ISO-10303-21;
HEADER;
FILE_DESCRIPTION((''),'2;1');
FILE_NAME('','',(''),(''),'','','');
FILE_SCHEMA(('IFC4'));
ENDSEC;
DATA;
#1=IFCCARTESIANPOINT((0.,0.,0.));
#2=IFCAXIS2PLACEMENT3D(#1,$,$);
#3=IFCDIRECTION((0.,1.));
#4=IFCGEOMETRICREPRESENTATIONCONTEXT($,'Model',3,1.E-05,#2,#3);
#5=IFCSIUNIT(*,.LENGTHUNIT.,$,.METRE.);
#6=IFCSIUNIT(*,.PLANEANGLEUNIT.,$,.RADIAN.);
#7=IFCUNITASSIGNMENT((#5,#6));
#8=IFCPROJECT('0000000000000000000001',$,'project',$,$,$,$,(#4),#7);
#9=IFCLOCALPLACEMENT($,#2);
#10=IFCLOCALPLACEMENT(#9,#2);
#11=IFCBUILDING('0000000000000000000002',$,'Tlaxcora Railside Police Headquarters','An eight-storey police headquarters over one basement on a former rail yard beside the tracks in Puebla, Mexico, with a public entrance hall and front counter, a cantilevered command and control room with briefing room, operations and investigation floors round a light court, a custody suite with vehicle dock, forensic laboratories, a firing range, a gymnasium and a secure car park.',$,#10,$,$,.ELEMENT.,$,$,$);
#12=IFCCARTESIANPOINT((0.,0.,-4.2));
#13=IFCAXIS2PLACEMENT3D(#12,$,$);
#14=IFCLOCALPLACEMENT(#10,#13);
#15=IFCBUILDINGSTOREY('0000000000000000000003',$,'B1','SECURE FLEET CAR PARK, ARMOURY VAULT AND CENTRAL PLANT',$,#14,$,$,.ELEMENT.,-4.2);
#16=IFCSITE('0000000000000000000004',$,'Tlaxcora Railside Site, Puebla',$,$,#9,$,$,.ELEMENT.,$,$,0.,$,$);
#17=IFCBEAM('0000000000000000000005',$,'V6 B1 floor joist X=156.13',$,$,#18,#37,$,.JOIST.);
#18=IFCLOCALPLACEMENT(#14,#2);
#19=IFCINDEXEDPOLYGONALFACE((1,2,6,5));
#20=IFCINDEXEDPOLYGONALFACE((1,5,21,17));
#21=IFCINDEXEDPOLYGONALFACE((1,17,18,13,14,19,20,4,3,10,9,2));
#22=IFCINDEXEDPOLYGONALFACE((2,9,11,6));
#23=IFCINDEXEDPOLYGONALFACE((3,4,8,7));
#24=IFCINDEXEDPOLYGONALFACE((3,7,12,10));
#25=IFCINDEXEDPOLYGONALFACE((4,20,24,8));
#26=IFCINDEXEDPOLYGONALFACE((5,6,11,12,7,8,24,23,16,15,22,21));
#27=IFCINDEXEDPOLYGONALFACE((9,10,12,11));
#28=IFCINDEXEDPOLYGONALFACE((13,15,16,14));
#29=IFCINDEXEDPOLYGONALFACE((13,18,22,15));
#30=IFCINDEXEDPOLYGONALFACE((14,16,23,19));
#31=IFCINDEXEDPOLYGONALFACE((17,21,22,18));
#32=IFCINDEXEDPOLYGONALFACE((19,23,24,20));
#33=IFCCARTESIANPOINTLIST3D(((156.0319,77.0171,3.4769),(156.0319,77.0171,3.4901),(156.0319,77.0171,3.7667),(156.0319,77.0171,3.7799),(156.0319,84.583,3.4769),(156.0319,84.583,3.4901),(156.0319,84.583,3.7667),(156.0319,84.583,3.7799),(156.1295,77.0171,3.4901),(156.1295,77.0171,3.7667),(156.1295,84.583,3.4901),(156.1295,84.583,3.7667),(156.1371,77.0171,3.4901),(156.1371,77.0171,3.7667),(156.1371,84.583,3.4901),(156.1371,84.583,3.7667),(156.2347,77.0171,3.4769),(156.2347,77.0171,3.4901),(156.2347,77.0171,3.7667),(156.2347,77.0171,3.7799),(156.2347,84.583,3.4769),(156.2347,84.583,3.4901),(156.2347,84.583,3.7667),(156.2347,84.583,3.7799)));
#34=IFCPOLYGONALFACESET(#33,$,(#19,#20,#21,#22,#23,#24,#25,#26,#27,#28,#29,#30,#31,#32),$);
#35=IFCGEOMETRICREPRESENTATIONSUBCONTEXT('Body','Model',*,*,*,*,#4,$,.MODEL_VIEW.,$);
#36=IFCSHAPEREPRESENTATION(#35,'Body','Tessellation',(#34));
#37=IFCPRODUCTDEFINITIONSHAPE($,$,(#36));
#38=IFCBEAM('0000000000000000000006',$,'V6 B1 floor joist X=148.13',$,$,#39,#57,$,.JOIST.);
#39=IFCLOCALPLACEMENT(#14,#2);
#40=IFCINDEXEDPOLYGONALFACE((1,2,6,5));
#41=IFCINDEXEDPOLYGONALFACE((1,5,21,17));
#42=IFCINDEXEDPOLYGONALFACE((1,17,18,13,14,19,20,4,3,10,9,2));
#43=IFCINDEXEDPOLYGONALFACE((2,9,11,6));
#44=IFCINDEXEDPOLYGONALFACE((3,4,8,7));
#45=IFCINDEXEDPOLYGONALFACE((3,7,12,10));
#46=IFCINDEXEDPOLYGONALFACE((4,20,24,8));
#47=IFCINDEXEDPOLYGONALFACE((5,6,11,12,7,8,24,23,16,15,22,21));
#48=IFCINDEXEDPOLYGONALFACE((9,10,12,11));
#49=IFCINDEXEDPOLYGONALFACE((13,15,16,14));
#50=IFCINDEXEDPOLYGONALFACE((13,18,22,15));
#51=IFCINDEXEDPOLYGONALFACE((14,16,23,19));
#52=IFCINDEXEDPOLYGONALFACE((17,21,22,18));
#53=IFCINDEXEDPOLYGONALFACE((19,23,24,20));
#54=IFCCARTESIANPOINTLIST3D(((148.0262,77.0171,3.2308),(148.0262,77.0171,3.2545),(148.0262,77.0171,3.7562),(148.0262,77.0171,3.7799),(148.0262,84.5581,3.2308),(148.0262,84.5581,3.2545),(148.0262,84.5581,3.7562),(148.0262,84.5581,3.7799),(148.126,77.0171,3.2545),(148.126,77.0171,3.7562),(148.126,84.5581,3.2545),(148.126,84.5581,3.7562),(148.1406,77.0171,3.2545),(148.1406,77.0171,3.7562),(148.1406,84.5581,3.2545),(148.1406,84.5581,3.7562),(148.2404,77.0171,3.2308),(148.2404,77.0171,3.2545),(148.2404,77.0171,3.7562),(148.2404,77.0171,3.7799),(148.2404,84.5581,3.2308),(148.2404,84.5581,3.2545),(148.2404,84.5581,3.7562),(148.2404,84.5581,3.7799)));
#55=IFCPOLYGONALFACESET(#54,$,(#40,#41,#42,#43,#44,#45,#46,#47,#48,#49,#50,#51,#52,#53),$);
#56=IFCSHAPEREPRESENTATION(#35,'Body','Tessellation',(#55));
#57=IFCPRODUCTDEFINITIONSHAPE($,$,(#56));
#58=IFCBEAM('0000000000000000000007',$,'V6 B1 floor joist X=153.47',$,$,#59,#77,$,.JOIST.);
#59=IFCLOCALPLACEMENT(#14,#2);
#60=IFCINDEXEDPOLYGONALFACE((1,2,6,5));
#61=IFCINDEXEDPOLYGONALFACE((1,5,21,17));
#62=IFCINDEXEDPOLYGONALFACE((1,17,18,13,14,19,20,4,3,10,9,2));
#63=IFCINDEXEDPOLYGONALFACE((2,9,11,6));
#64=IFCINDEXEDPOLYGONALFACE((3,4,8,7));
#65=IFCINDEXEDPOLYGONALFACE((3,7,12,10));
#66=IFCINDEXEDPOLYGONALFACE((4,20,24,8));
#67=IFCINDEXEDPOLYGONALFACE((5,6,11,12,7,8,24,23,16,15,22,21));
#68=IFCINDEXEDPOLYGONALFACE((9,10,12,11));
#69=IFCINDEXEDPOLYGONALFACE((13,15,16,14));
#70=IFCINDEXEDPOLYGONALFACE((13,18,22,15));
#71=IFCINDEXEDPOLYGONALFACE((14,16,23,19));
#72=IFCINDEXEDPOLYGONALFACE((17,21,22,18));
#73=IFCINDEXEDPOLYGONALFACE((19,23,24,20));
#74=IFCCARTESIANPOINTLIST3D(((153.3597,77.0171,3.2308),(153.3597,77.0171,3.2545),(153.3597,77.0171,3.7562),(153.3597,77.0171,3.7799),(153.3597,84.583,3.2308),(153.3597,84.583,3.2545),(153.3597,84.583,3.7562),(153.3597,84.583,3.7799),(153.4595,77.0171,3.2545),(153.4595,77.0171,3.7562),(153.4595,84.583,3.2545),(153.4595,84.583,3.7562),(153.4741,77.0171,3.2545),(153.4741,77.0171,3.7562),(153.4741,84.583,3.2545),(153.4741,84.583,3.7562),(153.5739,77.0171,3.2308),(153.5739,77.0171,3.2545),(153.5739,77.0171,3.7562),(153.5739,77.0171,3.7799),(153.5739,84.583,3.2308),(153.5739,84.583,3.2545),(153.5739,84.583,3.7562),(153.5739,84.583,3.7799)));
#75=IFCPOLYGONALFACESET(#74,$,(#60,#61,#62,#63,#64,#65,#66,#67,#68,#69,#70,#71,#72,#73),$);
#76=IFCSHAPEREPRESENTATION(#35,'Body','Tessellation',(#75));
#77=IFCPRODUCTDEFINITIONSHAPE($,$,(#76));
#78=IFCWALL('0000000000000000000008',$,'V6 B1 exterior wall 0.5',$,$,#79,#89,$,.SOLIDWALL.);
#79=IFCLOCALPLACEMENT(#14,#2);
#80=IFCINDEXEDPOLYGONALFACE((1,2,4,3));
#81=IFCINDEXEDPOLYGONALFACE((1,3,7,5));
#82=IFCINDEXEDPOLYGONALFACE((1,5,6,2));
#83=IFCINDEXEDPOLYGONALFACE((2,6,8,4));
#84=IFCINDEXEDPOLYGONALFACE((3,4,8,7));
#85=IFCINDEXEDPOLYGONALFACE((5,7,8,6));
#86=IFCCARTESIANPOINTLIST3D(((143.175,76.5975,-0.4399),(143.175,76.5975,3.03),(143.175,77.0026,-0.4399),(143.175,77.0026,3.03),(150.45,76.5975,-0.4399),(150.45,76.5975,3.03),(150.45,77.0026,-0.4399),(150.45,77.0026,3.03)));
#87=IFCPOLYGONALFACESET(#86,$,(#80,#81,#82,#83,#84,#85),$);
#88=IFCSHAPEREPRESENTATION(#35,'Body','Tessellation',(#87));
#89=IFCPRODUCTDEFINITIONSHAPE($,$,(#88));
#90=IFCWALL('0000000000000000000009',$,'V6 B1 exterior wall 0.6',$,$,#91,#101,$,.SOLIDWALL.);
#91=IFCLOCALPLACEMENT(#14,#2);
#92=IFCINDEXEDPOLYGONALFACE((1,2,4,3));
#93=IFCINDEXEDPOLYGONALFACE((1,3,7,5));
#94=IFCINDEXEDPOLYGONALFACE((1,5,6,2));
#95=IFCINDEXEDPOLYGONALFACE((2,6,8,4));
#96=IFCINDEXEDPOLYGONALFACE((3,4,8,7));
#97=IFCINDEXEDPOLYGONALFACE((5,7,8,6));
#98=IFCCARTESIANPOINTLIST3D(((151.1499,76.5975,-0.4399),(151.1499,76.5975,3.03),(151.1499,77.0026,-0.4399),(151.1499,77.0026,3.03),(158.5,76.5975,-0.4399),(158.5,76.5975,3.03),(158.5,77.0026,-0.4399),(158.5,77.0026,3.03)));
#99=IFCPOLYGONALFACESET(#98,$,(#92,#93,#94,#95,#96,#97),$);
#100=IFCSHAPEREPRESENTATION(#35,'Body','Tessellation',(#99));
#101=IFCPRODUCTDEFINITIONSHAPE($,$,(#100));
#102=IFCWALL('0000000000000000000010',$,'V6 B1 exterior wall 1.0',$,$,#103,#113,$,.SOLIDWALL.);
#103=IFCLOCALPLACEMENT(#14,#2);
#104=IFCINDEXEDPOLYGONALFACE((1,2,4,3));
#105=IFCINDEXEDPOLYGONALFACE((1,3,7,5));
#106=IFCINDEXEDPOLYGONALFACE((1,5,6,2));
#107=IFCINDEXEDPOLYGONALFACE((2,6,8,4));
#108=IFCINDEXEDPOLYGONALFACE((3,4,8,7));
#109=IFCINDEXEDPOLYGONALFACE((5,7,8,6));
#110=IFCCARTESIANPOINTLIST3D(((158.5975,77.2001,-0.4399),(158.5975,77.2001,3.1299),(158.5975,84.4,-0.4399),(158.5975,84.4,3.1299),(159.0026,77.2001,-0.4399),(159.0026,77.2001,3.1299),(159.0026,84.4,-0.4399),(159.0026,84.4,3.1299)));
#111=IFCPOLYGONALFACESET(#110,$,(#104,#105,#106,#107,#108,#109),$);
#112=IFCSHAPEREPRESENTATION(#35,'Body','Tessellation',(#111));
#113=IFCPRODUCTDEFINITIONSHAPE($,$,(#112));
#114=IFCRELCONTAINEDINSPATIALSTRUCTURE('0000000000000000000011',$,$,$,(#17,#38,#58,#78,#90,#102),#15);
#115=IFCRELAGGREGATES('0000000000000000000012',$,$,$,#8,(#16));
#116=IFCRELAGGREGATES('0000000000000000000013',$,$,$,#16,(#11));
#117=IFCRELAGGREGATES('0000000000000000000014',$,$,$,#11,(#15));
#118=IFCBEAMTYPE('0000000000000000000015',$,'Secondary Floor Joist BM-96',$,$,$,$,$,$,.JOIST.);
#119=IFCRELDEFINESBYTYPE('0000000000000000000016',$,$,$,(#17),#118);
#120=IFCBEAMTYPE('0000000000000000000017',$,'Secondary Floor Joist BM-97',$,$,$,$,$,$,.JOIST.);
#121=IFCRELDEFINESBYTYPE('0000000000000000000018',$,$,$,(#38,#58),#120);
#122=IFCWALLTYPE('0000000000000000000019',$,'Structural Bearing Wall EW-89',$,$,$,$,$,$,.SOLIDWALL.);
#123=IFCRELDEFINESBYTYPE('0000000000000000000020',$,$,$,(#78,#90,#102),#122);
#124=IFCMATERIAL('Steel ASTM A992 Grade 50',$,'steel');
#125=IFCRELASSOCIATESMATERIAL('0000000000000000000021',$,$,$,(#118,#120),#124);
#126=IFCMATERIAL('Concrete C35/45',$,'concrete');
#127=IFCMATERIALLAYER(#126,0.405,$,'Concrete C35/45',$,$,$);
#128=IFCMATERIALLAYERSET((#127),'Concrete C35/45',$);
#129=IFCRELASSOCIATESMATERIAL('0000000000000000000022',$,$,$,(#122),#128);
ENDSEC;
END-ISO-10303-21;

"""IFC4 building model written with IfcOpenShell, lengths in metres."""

from ifc_helpers import new_model, si_unit, direction, frame, frame_2d, origin, origin_2d, place, context, subcontext, project, spatial, rectangle, i_section, extrude, material, layer, layer_set, material_profile, profile_set, type_object, element, save


model = new_model("IFC4")

# Units and contexts
model_context = context("Model", 3, precision=1e-05, world=origin(), true_north=direction((0.0, 1.0)))
body_context = subcontext(model_context, "Body", "Model", "MODEL_VIEW")
ifc_project = project(units=[si_unit("LENGTHUNIT", "METRE"), si_unit("PLANEANGLEUNIT", "RADIAN")], contexts=[model_context])

# Site, building, storey
site_placement = place(None, origin())
site = spatial("IfcSite", under=ifc_project, at=site_placement, Name="Tlaxcora Railside Site, Puebla", CompositionType="ELEMENT", RefElevation=0.0)
building_placement = place(site_placement, origin())
building = spatial("IfcBuilding", under=site, at=building_placement, Name="Tlaxcora Railside Police Headquarters", Description="An eight-storey police headquarters over one basement on a former rail yard beside the tracks in Puebla, Mexico, with a public entrance hall and front counter, a cantilevered command and control room with briefing room, operations and investigation floors round a light court, a custody suite with vehicle dock, forensic laboratories, a firing range, a gymnasium and a secure car park.", CompositionType="ELEMENT")
storey_placement = place(building_placement, frame((0.0, 0.0, -4.2)))
storey = spatial("IfcBuildingStorey", under=building, at=storey_placement, Name="B1", Description="SECURE FLEET CAR PARK, ARMOURY VAULT AND CENTRAL PLANT", CompositionType="ELEMENT", Elevation=-4.2)

# Shared definitions
ifc_material_1 = material(Name="Concrete C35/45", Category="concrete")

# Beams
ifc_material_2 = material(Name="Steel ASTM A992 Grade 50", Category="steel")
ifc_material_profile_1 = material_profile(ifc_material_2, i_section(OverallWidth=0.2029, OverallDepth=0.303, WebThickness=0.0076, FlangeThickness=0.0132, at=origin_2d()), Name="W12X40")
ifc_profile_set_1 = profile_set([ifc_material_profile_1], Name="Steel ASTM A992 Grade 50")
beam_type_1 = type_object("IfcBeamType", Name="Secondary Floor Joist BM-96", PredefinedType="JOIST", material=ifc_profile_set_1)
beam_1_placement = place(storey_placement, frame((156.1333, 77.0171, 3.6284), z_axis=(0.0, 1.0, 0.0), x_axis=(-1.0, 0.0, 0.0)))
element("IfcBeam", 1, at=beam_1_placement, inside=storey, type_object=beam_type_1, Name="V6 B1 floor joist X=156.13", PredefinedType="JOIST", context=body_context, shape_type="SweptSolid", body=[
    extrude(i_section(OverallWidth=0.2029, OverallDepth=0.303, WebThickness=0.0076, FlangeThickness=0.0132, at=origin_2d()), origin(), (0.0, 0.0, 1.0), 7.5659),
])
ifc_material_profile_2 = material_profile(ifc_material_2, i_section(OverallWidth=0.2141, OverallDepth=0.5491, WebThickness=0.0146, FlangeThickness=0.0237, at=origin_2d()), Name="W21X93")
ifc_profile_set_2 = profile_set([ifc_material_profile_2], Name="Steel ASTM A992 Grade 50")
beam_type_2 = type_object("IfcBeamType", Name="Secondary Floor Joist BM-97", PredefinedType="JOIST", material=ifc_profile_set_2)
beam_2_placement = place(storey_placement, frame((148.1333, 77.0171, 3.5054), z_axis=(0.0, 1.0, 0.0), x_axis=(-1.0, 0.0, 0.0)))
element("IfcBeam", 2, at=beam_2_placement, inside=storey, type_object=beam_type_2, Name="V6 B1 floor joist X=148.13", PredefinedType="JOIST", context=body_context, shape_type="SweptSolid", body=[
    extrude(i_section(OverallWidth=0.2141, OverallDepth=0.5491, WebThickness=0.0146, FlangeThickness=0.0237, at=origin_2d()), origin(), (0.0, 0.0, 1.0), 7.541),
])
beam_3_placement = place(storey_placement, frame((153.4668, 77.0171, 3.5054), z_axis=(0.0, 1.0, 0.0), x_axis=(-1.0, 0.0, 0.0)))
element("IfcBeam", 3, at=beam_3_placement, inside=storey, type_object=beam_type_2, Name="V6 B1 floor joist X=153.47", PredefinedType="JOIST", context=body_context, shape_type="SweptSolid", body=[
    extrude(i_section(OverallWidth=0.2141, OverallDepth=0.5491, WebThickness=0.0146, FlangeThickness=0.0237, at=origin_2d()), origin(), (0.0, 0.0, 1.0), 7.5659),
])

# Walls
ifc_layer_1 = layer(ifc_material_1, 0.405, Name="Concrete C35/45")
ifc_layer_set_1 = layer_set([ifc_layer_1], Name="Concrete C35/45")
wall_type = type_object("IfcWallType", Name="Structural Bearing Wall EW-89", PredefinedType="SOLIDWALL", material=ifc_layer_set_1)
wall_1_placement = place(storey_placement, frame((143.175, 76.8, -0.4399), z_axis=(0.0, 0.0, 1.0), x_axis=(1.0, 0.0, 0.0)))
element("IfcWall", 4, at=wall_1_placement, inside=storey, type_object=wall_type, Name="V6 B1 exterior wall 0.5", PredefinedType="SOLIDWALL", context=body_context, shape_type="SweptSolid", body=[
    extrude(rectangle(XDim=7.2749, YDim=0.405, at=frame_2d((3.6375, 0.0))), origin(), (0.0, 0.0, 1.0), 3.47),
])
wall_2_placement = place(storey_placement, frame((151.1499, 76.8, -0.4399), z_axis=(0.0, 0.0, 1.0), x_axis=(1.0, 0.0, 0.0)))
element("IfcWall", 5, at=wall_2_placement, inside=storey, type_object=wall_type, Name="V6 B1 exterior wall 0.6", PredefinedType="SOLIDWALL", context=body_context, shape_type="SweptSolid", body=[
    extrude(rectangle(XDim=7.3501, YDim=0.405, at=frame_2d((3.675, 0.0))), origin(), (0.0, 0.0, 1.0), 3.47),
])
wall_3_placement = place(storey_placement, frame((158.8, 77.2, -0.4399), z_axis=(0.0, 0.0, 1.0), x_axis=(0.0, 1.0, 0.0)))
element("IfcWall", 6, at=wall_3_placement, inside=storey, type_object=wall_type, Name="V6 B1 exterior wall 1.0", PredefinedType="SOLIDWALL", context=body_context, shape_type="SweptSolid", body=[
    extrude(rectangle(XDim=7.2, YDim=0.405, at=frame_2d((3.6001, 0.0))), origin(), (0.0, 0.0, 1.0), 3.5698),
])

save(model, "model.ifc")
